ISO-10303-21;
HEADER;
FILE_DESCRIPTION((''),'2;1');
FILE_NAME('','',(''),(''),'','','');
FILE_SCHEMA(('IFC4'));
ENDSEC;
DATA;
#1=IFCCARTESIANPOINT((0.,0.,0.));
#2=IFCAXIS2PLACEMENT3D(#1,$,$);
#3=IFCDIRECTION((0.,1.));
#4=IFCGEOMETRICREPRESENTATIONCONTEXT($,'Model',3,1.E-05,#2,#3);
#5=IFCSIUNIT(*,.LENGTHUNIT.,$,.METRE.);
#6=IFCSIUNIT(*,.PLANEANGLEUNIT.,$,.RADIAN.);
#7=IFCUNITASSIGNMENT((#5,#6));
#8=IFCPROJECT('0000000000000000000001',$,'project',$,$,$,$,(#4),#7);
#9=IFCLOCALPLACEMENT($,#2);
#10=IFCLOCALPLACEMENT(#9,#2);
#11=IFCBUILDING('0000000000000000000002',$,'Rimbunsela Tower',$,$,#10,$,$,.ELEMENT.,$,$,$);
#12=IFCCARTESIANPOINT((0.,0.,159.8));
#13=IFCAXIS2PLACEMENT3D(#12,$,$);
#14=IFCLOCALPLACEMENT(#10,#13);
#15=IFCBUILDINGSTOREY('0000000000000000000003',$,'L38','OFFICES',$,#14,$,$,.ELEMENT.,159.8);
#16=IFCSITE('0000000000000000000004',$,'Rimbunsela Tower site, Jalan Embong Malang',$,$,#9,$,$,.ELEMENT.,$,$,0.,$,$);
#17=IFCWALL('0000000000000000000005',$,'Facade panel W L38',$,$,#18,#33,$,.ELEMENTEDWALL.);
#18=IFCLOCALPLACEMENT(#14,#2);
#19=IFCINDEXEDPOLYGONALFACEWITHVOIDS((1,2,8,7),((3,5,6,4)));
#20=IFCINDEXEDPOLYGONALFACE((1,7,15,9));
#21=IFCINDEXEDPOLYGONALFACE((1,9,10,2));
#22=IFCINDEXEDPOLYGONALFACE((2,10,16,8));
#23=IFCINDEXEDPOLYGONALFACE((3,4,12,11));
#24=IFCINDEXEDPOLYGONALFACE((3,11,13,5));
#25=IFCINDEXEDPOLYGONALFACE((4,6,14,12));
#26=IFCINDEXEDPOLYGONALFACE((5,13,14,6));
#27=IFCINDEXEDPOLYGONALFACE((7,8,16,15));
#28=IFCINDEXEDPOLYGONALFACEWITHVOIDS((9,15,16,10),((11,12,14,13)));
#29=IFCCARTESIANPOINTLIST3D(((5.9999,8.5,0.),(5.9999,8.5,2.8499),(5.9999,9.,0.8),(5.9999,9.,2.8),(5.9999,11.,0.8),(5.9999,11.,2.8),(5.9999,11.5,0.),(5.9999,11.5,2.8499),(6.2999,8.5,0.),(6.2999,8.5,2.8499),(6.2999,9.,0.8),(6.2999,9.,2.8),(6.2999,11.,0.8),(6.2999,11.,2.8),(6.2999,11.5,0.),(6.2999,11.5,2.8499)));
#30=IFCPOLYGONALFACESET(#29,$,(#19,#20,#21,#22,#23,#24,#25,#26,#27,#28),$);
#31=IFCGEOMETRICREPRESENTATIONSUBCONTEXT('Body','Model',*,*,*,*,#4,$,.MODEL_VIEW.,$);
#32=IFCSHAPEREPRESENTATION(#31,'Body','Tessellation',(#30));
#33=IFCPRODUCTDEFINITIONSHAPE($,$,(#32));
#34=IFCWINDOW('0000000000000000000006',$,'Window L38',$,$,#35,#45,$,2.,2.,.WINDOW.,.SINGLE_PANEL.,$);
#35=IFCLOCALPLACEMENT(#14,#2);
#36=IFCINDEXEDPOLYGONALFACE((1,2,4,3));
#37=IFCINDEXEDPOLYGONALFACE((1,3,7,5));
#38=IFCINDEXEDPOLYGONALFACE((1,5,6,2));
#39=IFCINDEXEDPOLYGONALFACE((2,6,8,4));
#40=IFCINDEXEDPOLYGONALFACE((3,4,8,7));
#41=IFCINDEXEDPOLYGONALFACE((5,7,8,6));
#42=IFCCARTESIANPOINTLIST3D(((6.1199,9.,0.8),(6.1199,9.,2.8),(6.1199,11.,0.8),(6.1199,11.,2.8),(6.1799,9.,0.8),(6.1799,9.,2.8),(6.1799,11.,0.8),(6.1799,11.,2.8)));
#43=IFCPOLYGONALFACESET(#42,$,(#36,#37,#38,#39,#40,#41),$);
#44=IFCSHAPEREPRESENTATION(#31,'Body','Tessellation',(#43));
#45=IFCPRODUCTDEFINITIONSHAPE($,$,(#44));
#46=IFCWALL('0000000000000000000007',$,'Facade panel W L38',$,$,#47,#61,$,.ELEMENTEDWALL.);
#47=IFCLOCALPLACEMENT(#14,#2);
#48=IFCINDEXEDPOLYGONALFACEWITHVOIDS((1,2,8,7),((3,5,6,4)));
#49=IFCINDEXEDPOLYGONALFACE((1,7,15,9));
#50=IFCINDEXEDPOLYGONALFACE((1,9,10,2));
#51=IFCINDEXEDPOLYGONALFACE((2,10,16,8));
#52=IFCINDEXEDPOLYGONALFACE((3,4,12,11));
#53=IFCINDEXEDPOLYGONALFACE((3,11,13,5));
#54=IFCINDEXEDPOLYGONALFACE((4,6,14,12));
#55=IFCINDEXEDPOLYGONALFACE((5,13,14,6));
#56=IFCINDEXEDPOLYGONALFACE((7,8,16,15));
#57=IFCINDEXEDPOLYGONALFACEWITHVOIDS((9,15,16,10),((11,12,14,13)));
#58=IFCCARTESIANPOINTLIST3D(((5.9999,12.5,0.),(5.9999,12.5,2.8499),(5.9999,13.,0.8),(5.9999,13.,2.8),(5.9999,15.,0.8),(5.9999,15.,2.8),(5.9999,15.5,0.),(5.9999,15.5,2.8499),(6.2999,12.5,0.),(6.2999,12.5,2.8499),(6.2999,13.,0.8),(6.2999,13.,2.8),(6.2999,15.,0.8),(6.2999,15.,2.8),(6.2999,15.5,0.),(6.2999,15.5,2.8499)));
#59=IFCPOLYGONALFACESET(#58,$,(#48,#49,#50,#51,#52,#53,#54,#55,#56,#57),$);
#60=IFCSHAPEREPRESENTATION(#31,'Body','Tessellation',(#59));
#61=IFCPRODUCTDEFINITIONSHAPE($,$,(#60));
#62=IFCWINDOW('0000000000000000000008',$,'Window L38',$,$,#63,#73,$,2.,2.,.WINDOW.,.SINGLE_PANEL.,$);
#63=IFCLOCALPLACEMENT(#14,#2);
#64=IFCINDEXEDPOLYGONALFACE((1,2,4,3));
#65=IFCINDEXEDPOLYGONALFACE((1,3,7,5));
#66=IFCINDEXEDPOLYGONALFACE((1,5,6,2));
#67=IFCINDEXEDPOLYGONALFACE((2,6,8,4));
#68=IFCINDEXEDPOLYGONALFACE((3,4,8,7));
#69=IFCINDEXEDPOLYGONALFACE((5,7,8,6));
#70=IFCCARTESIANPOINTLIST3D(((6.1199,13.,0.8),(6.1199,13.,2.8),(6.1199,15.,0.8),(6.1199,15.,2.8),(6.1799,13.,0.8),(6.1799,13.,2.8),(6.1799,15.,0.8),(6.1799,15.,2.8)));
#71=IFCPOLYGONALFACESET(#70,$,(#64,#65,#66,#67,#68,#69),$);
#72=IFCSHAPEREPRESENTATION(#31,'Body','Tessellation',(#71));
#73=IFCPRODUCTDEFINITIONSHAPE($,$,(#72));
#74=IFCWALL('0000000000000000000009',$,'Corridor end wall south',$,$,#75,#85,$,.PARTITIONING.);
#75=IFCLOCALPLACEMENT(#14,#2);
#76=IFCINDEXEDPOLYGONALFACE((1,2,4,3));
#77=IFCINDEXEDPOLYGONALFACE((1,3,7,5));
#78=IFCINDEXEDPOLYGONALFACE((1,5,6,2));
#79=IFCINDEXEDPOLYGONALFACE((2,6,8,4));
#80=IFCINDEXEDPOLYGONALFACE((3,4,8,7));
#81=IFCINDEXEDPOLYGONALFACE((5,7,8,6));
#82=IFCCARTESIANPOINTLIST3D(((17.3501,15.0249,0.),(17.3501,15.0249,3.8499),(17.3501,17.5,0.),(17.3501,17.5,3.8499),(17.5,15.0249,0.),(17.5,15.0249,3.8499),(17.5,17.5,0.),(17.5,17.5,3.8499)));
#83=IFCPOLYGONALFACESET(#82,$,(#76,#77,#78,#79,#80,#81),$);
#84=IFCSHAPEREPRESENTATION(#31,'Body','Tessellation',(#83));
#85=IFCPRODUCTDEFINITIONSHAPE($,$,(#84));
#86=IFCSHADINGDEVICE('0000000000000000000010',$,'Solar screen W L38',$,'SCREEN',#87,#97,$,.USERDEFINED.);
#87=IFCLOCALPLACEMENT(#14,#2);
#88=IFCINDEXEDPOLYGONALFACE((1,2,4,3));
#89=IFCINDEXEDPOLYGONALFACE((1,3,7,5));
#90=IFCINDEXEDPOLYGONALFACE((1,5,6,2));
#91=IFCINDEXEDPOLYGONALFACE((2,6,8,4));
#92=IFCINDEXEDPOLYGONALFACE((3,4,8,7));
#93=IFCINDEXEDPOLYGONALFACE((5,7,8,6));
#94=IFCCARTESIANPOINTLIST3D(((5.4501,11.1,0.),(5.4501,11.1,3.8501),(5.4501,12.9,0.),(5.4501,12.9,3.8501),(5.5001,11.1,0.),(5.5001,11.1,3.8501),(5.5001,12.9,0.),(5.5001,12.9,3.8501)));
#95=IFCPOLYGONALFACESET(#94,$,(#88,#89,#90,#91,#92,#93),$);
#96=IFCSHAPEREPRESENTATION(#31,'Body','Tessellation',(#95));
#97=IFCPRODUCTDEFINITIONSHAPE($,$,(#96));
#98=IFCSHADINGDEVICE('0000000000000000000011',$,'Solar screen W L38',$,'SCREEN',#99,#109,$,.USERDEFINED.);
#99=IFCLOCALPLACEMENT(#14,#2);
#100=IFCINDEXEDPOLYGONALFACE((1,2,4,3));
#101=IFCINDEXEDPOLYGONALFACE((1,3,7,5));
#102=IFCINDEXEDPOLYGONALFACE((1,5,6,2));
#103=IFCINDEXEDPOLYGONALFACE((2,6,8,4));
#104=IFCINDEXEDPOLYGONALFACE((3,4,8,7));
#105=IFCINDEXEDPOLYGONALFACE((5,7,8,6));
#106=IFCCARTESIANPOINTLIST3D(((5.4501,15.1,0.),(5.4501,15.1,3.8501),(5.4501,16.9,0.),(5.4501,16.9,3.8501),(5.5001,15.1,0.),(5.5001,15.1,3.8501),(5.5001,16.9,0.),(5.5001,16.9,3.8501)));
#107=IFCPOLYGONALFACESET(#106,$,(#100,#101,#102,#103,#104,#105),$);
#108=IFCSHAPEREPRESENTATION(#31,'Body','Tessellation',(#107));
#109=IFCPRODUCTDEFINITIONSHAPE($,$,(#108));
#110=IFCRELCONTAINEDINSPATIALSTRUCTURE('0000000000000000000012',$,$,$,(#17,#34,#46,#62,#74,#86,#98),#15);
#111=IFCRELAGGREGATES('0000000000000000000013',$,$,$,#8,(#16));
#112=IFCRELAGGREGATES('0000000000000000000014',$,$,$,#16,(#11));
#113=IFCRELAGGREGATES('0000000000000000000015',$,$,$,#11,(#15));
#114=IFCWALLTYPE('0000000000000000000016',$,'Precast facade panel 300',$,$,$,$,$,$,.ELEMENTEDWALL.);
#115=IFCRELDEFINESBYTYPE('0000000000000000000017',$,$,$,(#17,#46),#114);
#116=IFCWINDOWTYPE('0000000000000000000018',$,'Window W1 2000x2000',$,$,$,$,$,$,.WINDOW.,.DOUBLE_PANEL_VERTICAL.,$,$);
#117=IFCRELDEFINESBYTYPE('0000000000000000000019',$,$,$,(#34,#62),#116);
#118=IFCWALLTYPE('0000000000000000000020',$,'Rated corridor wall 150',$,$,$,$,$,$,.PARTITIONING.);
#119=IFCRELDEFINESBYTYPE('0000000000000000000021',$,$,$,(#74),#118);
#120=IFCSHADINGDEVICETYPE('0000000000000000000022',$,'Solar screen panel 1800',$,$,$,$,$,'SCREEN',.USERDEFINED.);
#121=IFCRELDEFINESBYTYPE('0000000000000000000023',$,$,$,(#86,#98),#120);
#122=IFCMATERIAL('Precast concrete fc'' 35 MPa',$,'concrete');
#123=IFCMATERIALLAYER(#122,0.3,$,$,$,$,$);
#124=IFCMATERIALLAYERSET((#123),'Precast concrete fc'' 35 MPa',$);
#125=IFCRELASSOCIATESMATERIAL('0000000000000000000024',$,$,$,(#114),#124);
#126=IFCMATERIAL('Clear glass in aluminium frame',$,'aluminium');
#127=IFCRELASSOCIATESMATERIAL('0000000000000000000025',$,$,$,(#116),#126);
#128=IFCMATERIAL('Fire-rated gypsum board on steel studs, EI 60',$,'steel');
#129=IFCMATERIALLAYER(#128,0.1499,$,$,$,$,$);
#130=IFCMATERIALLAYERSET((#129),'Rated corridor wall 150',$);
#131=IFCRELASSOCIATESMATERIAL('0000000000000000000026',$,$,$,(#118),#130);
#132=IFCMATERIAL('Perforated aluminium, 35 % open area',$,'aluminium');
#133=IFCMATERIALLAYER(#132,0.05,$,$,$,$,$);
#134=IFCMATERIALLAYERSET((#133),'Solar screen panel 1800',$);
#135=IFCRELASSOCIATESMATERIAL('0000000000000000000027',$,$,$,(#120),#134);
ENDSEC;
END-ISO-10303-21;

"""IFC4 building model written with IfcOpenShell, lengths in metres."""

from ifc_helpers import new_model, si_unit, direction, frame, frame_2d, origin, origin_2d, place, context, subcontext, project, spatial, rectangle, extrude, material, layer, layer_set, type_object, element, fill, save


model = new_model("IFC4")

# Units and contexts
model_context = context("Model", 3, precision=1e-05, world=origin(), true_north=direction((0.0, 1.0)))
body_context = subcontext(model_context, "Body", "Model", "MODEL_VIEW")
ifc_project = project(units=[si_unit("LENGTHUNIT", "METRE"), si_unit("PLANEANGLEUNIT", "RADIAN")], contexts=[model_context])

# Site, building, storey
site_placement = place(None, origin())
site = spatial("IfcSite", under=ifc_project, at=site_placement, Name="Rimbunsela Tower site, Jalan Embong Malang", CompositionType="ELEMENT", RefElevation=0.0)
building_placement = place(site_placement, origin())
building = spatial("IfcBuilding", under=site, at=building_placement, Name="Rimbunsela Tower", CompositionType="ELEMENT")
storey_placement = place(building_placement, frame((0.0, 0.0, 159.8)))
storey = spatial("IfcBuildingStorey", under=building, at=storey_placement, Name="L38", Description="OFFICES", CompositionType="ELEMENT", Elevation=159.8)

# Walls, openings, windows
ifc_material_1 = material(Name="Precast concrete fc' 35 MPa", Category="concrete")
ifc_layer_1 = layer(ifc_material_1, 0.3)
ifc_layer_set_1 = layer_set([ifc_layer_1], Name="Precast concrete fc' 35 MPa")
wall_type_1 = type_object("IfcWallType", Name="Precast facade panel 300", PredefinedType="ELEMENTEDWALL", material=ifc_layer_set_1)
wall_1_placement = place(storey_placement, frame((6.1499, 11.5, 0.0), z_axis=(0.0, 0.0, 1.0), x_axis=(0.0, -1.0, 0.0)))
wall_1 = element("IfcWall", 1, at=wall_1_placement, inside=storey, type_object=wall_type_1, Name="Facade panel W L38", PredefinedType="ELEMENTEDWALL", context=body_context, shape_type="SweptSolid", body=[
    extrude(rectangle(XDim=3.0, YDim=0.3, at=frame_2d((1.5, 0.0))), origin(), (0.0, 0.0, 1.0), 2.8499),
])
opening_1_placement = place(wall_1_placement, frame((0.5, 0.0, 0.8)))
opening_1 = element("IfcOpeningElement", 2, at=opening_1_placement, cuts=wall_1, PredefinedType="OPENING", context=body_context, shape_type="SweptSolid", body=[
    extrude(rectangle(XDim=2.0, YDim=2.0, at=frame_2d((1.0, 1.0))), frame((0.0, 0.1599, 0.0), z_axis=(0.0, -1.0, 0.0), x_axis=(1.0, 0.0, 0.0)), (0.0, 0.0, 1.0), 0.3201),
])
ifc_material_2 = material(Name="Clear glass in aluminium frame", Category="aluminium")
window_type = type_object("IfcWindowType", Name="Window W1 2000x2000", PartitioningType="DOUBLE_PANEL_VERTICAL", PredefinedType="WINDOW", material=ifc_material_2)
window_1_placement = place(opening_1_placement, origin())
window_1 = element("IfcWindow", 3, at=window_1_placement, inside=storey, type_object=window_type, Name="Window L38", OverallHeight=2.0, OverallWidth=2.0, PartitioningType="SINGLE_PANEL", PredefinedType="WINDOW", context=body_context, shape_type="SweptSolid", body=[
    extrude(rectangle(XDim=2.0, YDim=2.0, at=frame_2d((1.0, 1.0))), frame((0.0, 0.03, 0.0), z_axis=(0.0, -1.0, 0.0), x_axis=(1.0, 0.0, 0.0)), (0.0, 0.0, 1.0), 0.0601),
])
fill(opening_1, window_1)
wall_2_placement = place(storey_placement, frame((6.1499, 15.5, 0.0), z_axis=(0.0, 0.0, 1.0), x_axis=(0.0, -1.0, 0.0)))
wall_2 = element("IfcWall", 4, at=wall_2_placement, inside=storey, type_object=wall_type_1, Name="Facade panel W L38", PredefinedType="ELEMENTEDWALL", context=body_context, shape_type="SweptSolid", body=[
    extrude(rectangle(XDim=3.0, YDim=0.3, at=frame_2d((1.5, 0.0))), origin(), (0.0, 0.0, 1.0), 2.8499),
])
opening_2_placement = place(wall_2_placement, frame((0.5, 0.0, 0.8)))
opening_2 = element("IfcOpeningElement", 5, at=opening_2_placement, cuts=wall_2, PredefinedType="OPENING", context=body_context, shape_type="SweptSolid", body=[
    extrude(rectangle(XDim=2.0, YDim=2.0, at=frame_2d((1.0, 1.0))), frame((0.0, 0.1599, 0.0), z_axis=(0.0, -1.0, 0.0), x_axis=(1.0, 0.0, 0.0)), (0.0, 0.0, 1.0), 0.3201),
])
window_2_placement = place(opening_2_placement, origin())
window_2 = element("IfcWindow", 6, at=window_2_placement, inside=storey, type_object=window_type, Name="Window L38", OverallHeight=2.0, OverallWidth=2.0, PartitioningType="SINGLE_PANEL", PredefinedType="WINDOW", context=body_context, shape_type="SweptSolid", body=[
    extrude(rectangle(XDim=2.0, YDim=2.0, at=frame_2d((1.0, 1.0))), frame((0.0, 0.03, 0.0), z_axis=(0.0, -1.0, 0.0), x_axis=(1.0, 0.0, 0.0)), (0.0, 0.0, 1.0), 0.0601),
])
fill(opening_2, window_2)

# Wall
ifc_material_3 = material(Name="Fire-rated gypsum board on steel studs, EI 60", Category="steel")
ifc_layer_2 = layer(ifc_material_3, 0.1499)
ifc_layer_set_2 = layer_set([ifc_layer_2], Name="Rated corridor wall 150")
wall_type_2 = type_object("IfcWallType", Name="Rated corridor wall 150", PredefinedType="PARTITIONING", material=ifc_layer_set_2)
wall_3_placement = place(storey_placement, frame((17.425, 15.0249, 0.0), z_axis=(0.0, 0.0, 1.0), x_axis=(0.0, 1.0, 0.0)))
element("IfcWall", 7, at=wall_3_placement, inside=storey, type_object=wall_type_2, Name="Corridor end wall south", PredefinedType="PARTITIONING", context=body_context, shape_type="SweptSolid", body=[
    extrude(rectangle(XDim=2.4751, YDim=0.1499, at=frame_2d((1.2375, 0.0))), origin(), (0.0, 0.0, 1.0), 3.8499),
])

# Shading devices
ifc_material_4 = material(Name="Perforated aluminium, 35 % open area", Category="aluminium")
ifc_layer_3 = layer(ifc_material_4, 0.05)
ifc_layer_set_3 = layer_set([ifc_layer_3], Name="Solar screen panel 1800")
shading_device_type = type_object("IfcShadingDeviceType", Name="Solar screen panel 1800", ElementType="SCREEN", PredefinedType="USERDEFINED", material=ifc_layer_set_3)
for number, where, z_axis, x_axis, name in (
    (8, (5.4751, 12.0, 0.0), (0.0, 0.0, 1.0), (0.0, 1.0, 0.0), "Solar screen W L38"),
    (9, (5.4751, 16.0, 0.0), (0.0, 0.0, 1.0), (0.0, 1.0, 0.0), "Solar screen W L38"),
):
    element("IfcShadingDevice", number, at=place(storey_placement, frame(where, z_axis=z_axis, x_axis=x_axis)), inside=storey, type_object=shading_device_type, Name=name, ObjectType="SCREEN", PredefinedType="USERDEFINED", context=body_context, shape_type="SweptSolid", body=[
        extrude(rectangle(XDim=1.8, YDim=0.05, at=origin_2d()), origin(), (0.0, 0.0, 1.0), 3.8501),
    ])

save(model, "model.ifc")
